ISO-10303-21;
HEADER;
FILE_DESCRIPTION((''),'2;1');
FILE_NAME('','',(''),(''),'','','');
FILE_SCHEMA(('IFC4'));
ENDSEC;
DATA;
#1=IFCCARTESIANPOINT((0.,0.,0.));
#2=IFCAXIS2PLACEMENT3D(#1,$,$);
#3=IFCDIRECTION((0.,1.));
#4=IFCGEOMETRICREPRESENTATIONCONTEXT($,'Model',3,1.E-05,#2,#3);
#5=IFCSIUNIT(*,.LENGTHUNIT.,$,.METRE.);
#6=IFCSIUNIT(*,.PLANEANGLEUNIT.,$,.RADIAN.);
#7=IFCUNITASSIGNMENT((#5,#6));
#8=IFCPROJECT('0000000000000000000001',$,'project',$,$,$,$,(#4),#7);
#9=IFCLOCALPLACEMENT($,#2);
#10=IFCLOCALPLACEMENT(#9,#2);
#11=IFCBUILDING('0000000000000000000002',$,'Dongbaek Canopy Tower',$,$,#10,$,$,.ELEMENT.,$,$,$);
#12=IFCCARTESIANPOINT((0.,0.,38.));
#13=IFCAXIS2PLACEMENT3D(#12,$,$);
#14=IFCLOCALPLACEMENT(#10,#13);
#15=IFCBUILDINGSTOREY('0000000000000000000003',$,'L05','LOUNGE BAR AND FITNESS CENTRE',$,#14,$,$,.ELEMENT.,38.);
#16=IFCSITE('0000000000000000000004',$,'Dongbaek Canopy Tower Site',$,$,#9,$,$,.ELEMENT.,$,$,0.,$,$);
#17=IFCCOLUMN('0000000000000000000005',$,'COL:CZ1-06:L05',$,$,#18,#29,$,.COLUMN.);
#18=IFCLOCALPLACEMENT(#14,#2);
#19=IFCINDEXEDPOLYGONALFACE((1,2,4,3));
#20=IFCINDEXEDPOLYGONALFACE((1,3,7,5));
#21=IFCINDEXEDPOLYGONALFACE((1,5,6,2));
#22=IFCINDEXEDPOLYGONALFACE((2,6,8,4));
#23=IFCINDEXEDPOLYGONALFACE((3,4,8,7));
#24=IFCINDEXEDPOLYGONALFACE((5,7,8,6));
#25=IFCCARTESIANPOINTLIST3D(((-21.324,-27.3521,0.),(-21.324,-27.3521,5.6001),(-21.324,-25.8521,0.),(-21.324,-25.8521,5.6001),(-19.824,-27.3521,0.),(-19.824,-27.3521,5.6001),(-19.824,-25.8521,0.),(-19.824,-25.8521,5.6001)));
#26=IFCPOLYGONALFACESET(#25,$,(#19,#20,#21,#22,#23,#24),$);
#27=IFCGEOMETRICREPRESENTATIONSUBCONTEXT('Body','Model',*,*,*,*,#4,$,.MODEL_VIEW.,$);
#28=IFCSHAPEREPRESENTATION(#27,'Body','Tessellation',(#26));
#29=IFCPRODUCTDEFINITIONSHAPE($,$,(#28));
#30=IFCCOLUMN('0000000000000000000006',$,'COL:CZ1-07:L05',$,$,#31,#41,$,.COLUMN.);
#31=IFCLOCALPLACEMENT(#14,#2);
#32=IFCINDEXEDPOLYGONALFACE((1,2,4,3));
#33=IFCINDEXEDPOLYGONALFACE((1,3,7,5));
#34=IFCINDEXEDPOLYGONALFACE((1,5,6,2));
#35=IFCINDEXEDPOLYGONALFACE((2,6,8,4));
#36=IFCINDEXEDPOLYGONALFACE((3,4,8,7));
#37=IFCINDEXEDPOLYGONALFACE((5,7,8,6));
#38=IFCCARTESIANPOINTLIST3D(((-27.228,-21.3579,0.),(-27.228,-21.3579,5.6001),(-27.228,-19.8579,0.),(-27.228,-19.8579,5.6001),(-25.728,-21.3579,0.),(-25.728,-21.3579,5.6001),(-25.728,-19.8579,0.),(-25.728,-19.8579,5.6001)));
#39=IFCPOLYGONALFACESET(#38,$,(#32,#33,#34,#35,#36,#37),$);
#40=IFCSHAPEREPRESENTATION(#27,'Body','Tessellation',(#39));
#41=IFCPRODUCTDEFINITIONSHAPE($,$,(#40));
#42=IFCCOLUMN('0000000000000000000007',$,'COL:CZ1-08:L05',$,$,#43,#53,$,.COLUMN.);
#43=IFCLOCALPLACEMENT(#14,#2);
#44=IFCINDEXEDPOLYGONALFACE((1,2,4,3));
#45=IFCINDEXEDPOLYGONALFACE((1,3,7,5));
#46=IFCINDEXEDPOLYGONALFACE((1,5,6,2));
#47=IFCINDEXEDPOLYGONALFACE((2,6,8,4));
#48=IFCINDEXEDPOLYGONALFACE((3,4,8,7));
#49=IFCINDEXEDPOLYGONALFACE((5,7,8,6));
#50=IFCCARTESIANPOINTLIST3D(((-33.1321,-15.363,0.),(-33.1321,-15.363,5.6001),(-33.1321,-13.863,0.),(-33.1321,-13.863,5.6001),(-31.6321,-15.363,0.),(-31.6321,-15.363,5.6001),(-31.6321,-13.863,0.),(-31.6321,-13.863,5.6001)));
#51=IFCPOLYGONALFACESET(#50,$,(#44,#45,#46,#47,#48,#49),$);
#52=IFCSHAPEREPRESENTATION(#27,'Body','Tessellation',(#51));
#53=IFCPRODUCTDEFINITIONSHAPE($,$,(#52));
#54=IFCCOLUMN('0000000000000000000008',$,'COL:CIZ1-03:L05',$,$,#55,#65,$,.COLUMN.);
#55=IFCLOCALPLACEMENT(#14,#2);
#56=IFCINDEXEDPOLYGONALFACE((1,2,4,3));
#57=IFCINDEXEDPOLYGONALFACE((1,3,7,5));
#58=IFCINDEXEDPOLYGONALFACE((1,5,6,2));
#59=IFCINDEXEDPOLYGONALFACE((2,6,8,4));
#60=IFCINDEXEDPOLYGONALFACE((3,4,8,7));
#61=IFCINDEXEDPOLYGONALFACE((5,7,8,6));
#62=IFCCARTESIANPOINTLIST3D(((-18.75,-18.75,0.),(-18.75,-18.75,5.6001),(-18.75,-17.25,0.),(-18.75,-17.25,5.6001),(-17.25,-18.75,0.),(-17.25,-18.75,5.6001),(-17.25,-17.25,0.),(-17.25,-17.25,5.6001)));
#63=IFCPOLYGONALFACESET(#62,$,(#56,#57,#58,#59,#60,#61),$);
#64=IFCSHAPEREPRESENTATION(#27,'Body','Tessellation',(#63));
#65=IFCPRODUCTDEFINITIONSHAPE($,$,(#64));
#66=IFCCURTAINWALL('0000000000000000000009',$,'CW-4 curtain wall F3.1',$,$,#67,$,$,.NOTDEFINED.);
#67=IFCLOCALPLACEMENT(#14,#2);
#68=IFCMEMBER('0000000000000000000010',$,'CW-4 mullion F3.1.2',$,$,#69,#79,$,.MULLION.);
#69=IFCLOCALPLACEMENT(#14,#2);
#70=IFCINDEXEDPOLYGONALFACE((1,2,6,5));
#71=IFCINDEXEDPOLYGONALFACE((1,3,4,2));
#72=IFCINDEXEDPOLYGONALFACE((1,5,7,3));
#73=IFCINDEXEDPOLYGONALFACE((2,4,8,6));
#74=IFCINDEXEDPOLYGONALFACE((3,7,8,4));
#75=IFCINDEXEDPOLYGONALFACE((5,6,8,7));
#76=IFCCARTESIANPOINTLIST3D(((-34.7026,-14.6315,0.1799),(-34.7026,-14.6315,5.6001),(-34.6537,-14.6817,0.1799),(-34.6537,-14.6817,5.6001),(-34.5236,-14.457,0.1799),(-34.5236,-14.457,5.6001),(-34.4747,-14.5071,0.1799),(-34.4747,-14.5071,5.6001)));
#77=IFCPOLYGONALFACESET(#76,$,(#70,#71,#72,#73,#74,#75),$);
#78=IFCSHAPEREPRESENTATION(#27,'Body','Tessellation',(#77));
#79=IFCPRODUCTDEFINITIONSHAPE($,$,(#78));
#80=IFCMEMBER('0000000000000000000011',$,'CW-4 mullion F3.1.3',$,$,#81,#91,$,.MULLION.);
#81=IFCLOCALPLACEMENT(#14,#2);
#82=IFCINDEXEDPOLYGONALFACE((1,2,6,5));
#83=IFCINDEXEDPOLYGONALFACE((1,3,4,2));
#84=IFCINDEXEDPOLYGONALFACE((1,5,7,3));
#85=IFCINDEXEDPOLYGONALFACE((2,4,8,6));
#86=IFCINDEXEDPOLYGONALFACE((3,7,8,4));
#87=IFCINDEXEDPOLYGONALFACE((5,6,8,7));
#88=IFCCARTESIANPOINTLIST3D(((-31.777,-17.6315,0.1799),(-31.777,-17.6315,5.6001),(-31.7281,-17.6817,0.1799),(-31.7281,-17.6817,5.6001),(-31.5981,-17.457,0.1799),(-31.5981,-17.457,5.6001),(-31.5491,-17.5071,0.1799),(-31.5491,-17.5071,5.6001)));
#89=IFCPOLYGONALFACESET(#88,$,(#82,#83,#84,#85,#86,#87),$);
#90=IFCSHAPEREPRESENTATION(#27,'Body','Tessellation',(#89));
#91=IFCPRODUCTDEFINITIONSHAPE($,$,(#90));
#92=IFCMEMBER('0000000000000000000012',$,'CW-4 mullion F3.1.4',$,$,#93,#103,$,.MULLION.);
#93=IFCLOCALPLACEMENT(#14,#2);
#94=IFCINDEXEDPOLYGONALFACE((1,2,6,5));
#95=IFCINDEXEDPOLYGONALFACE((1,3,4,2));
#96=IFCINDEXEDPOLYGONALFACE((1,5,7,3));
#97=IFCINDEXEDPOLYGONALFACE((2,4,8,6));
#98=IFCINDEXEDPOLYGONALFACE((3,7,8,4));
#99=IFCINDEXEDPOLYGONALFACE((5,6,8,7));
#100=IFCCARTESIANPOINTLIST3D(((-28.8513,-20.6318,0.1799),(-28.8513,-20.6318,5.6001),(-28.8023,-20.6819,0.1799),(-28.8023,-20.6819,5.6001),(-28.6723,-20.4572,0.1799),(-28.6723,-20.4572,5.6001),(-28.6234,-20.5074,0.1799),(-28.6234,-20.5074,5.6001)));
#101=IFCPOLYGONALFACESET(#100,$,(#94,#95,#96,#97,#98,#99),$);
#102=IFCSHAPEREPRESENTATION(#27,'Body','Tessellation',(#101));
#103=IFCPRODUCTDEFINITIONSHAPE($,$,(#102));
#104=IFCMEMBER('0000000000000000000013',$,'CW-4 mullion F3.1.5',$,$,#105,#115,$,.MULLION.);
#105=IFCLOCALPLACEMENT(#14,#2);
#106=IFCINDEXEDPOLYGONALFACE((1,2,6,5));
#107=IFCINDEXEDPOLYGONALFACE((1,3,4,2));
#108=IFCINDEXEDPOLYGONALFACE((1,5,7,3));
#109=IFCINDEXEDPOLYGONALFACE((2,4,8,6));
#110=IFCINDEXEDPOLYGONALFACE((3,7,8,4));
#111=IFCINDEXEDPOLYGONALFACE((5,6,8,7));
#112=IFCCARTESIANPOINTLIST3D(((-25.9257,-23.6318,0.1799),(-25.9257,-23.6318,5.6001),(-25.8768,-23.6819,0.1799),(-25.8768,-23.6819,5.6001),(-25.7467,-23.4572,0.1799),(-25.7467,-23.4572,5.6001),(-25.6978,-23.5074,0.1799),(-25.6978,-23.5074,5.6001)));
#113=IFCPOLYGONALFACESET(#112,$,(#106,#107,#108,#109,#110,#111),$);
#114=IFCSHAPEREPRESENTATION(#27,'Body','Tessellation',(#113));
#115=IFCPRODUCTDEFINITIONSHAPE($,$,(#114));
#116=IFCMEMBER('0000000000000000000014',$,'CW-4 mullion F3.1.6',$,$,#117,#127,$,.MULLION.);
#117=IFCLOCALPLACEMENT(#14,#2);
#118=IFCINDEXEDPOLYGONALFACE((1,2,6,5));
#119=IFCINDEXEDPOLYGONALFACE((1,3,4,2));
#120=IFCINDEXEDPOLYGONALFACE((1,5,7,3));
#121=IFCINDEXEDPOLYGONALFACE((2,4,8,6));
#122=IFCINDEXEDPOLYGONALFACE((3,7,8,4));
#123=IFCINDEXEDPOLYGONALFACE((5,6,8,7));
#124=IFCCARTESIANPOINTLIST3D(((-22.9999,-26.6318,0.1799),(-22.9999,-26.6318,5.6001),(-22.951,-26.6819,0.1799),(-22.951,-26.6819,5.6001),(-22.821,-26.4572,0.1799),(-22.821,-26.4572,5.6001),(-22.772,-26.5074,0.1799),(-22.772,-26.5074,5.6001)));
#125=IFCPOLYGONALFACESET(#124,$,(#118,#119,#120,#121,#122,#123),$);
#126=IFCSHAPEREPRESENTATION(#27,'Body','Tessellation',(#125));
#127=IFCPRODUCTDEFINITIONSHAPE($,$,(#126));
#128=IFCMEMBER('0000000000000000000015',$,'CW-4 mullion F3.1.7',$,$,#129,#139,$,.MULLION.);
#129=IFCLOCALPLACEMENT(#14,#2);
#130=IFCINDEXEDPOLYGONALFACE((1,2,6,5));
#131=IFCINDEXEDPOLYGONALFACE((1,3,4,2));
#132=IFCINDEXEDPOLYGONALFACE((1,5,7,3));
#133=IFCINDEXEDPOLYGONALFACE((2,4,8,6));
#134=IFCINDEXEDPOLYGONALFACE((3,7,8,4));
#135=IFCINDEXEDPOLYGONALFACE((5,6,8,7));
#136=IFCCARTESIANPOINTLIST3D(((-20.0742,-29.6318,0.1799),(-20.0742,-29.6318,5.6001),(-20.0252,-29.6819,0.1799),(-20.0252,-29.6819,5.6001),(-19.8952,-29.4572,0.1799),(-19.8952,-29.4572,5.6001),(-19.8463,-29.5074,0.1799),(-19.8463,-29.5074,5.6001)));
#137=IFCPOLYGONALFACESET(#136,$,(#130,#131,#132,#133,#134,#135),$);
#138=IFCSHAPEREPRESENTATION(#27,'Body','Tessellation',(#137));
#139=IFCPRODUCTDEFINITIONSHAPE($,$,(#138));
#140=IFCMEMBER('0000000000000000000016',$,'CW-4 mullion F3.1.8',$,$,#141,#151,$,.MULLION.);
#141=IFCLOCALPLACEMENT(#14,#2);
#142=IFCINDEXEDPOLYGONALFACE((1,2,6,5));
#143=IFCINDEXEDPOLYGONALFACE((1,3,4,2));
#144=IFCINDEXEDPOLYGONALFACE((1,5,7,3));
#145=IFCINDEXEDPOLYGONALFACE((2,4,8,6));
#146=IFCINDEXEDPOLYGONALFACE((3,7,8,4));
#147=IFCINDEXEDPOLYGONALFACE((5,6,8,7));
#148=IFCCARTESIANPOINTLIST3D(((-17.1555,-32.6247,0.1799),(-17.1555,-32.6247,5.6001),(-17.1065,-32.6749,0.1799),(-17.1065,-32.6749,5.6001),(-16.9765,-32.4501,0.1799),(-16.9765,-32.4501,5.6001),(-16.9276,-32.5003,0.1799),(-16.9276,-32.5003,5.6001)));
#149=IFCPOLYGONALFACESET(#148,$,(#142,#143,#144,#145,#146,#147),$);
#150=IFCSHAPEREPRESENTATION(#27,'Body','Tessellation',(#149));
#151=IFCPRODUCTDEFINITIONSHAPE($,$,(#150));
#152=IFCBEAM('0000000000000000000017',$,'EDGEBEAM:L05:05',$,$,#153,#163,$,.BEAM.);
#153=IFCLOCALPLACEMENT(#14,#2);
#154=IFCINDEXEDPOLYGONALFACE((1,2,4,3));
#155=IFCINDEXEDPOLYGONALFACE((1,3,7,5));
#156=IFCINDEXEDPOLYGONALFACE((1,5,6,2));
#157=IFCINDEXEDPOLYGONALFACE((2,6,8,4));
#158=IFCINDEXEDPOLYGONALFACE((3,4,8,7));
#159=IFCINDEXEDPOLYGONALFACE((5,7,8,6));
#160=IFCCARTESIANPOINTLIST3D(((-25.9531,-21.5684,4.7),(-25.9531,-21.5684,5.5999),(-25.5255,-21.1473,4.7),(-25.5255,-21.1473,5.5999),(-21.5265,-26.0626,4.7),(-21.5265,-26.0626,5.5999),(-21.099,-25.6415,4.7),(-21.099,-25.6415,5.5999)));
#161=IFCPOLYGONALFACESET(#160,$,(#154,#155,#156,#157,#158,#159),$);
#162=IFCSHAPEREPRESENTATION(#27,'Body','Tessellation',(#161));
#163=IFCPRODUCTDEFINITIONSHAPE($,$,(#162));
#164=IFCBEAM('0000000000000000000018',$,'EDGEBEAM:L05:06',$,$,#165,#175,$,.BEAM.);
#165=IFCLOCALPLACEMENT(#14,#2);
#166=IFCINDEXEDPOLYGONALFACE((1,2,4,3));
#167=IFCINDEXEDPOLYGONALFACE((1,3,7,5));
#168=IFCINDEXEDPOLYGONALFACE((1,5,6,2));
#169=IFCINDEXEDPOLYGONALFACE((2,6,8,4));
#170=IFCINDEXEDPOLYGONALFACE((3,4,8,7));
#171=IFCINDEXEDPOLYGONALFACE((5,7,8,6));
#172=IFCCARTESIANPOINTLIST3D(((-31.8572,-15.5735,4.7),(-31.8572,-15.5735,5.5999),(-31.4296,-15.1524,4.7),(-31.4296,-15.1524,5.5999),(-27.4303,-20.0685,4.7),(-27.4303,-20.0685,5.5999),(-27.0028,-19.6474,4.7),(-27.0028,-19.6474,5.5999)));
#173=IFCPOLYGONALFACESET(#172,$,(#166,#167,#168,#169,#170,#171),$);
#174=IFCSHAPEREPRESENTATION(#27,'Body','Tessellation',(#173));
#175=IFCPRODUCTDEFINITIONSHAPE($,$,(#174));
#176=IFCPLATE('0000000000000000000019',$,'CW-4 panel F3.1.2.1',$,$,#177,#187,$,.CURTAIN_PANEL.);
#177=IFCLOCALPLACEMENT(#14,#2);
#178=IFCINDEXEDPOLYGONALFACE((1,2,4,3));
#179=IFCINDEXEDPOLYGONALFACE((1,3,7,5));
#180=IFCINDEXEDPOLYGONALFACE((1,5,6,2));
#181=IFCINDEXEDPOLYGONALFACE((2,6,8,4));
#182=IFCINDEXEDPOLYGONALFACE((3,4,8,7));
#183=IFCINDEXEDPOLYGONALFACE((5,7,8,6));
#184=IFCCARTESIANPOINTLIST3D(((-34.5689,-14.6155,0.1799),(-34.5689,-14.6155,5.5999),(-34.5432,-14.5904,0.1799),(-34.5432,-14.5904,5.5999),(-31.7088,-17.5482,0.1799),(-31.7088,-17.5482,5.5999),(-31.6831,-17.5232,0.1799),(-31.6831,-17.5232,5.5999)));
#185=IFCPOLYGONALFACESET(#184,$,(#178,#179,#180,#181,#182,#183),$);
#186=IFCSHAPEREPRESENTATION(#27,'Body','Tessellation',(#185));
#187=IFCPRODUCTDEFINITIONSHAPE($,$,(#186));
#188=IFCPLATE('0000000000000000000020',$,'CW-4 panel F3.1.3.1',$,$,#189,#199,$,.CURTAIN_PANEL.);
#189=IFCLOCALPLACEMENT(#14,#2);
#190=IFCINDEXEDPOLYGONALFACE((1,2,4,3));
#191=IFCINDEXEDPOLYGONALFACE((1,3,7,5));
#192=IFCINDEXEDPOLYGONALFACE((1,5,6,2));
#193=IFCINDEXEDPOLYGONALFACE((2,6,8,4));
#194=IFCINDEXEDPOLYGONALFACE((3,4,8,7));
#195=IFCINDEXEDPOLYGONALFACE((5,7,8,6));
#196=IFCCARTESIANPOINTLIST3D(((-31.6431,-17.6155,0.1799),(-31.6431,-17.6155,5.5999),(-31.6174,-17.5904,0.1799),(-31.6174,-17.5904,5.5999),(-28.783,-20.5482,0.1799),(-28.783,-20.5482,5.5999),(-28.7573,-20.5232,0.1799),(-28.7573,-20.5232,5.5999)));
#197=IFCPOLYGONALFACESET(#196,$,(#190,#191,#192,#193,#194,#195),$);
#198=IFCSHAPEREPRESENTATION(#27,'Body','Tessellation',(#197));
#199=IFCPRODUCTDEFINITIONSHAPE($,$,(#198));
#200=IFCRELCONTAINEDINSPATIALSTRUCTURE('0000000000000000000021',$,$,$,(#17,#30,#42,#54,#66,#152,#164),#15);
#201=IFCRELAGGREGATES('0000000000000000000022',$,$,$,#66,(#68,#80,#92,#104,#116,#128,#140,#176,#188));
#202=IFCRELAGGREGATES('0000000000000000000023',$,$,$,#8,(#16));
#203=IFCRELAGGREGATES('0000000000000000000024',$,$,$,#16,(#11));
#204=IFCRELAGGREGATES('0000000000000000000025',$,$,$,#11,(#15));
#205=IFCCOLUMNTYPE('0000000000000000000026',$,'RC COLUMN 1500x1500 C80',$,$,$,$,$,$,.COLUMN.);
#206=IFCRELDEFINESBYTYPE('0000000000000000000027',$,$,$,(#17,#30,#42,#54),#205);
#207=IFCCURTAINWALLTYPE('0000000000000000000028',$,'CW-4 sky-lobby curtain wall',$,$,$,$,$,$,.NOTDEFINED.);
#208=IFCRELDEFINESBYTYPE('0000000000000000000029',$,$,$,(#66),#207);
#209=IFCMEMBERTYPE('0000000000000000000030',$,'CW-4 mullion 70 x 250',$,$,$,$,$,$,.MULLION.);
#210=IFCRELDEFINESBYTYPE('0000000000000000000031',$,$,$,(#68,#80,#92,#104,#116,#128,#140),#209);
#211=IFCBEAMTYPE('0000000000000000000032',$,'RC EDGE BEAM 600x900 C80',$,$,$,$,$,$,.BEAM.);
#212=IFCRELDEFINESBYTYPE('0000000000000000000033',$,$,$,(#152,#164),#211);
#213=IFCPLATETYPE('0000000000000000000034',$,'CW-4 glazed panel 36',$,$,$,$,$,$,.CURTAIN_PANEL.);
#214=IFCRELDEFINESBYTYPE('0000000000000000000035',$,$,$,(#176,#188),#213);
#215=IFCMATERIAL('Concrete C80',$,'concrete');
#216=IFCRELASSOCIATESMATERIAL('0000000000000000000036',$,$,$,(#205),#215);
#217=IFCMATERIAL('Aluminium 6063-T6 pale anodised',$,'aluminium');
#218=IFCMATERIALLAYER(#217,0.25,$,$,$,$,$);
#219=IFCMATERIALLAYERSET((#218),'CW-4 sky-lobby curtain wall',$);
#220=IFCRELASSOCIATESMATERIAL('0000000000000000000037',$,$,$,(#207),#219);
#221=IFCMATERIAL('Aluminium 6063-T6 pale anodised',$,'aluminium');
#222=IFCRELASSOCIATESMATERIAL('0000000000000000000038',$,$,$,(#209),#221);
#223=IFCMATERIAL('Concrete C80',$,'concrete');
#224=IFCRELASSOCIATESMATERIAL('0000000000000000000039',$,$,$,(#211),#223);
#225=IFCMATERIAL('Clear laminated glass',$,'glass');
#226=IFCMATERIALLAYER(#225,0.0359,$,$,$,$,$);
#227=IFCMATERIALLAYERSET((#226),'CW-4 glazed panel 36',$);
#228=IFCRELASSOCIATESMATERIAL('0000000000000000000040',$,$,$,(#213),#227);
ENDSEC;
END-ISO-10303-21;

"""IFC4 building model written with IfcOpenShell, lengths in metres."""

from ifc_helpers import new_model, si_unit, direction, frame, origin, origin_2d, place, context, subcontext, project, spatial, rectangle, extrude, material, layer, layer_set, material_profile, profile_set, type_object, element, aggregate, save


model = new_model("IFC4")

# Units and contexts
model_context = context("Model", 3, precision=1e-05, world=origin(), true_north=direction((0.0, 1.0)))
body_context = subcontext(model_context, "Body", "Model", "MODEL_VIEW")
ifc_project = project(units=[si_unit("LENGTHUNIT", "METRE"), si_unit("PLANEANGLEUNIT", "RADIAN")], contexts=[model_context])

# Site, building, storey
site_placement = place(None, origin())
site = spatial("IfcSite", under=ifc_project, at=site_placement, Name="Dongbaek Canopy Tower Site", CompositionType="ELEMENT", RefElevation=0.0)
building_placement = place(site_placement, origin())
building = spatial("IfcBuilding", under=site, at=building_placement, Name="Dongbaek Canopy Tower", CompositionType="ELEMENT")
storey_placement = place(building_placement, frame((0.0, 0.0, 38.0)))
storey = spatial("IfcBuildingStorey", under=building, at=storey_placement, Name="L05", Description="LOUNGE BAR AND FITNESS CENTRE", CompositionType="ELEMENT", Elevation=38.0)

# Columns
ifc_material_1 = material(Name="Concrete C80", Category="concrete")
ifc_material_profile_1 = material_profile(ifc_material_1, rectangle(XDim=1.5, YDim=1.5, at=origin_2d()), Name="RC COLUMN 1500x1500 C80")
ifc_profile_set_1 = profile_set([ifc_material_profile_1], Name="Concrete C80")
column_type = type_object("IfcColumnType", Name="RC COLUMN 1500x1500 C80", PredefinedType="COLUMN", material=ifc_profile_set_1)
for number, where, z_axis, x_axis, name in (
    (1, (-20.574, -26.6021, 0.0), (0.0, 0.0, 1.0), (1.0, 0.0, 0.0), "COL:CZ1-06:L05"),
    (2, (-26.478, -20.6079, 0.0), (0.0, 0.0, 1.0), (1.0, 0.0, 0.0), "COL:CZ1-07:L05"),
    (3, (-32.3821, -14.613, 0.0), (0.0, 0.0, 1.0), (1.0, 0.0, 0.0), "COL:CZ1-08:L05"),
    (4, (-18.0, -18.0, 0.0), (0.0, 0.0, 1.0), (1.0, 0.0, 0.0), "COL:CIZ1-03:L05"),
):
    element("IfcColumn", number, at=place(storey_placement, frame(where, z_axis=z_axis, x_axis=x_axis)), inside=storey, type_object=column_type, Name=name, PredefinedType="COLUMN", context=body_context, shape_type="SweptSolid", body=[
        extrude(rectangle(XDim=1.5, YDim=1.5, at=origin_2d()), origin(), (0.0, 0.0, 1.0), 5.6001),
    ])

# Curtain wall, members
ifc_material_2 = material(Name="Aluminium 6063-T6 pale anodised", Category="aluminium")
ifc_layer_1 = layer(ifc_material_2, 0.25)
ifc_layer_set_1 = layer_set([ifc_layer_1], Name="CW-4 sky-lobby curtain wall")
curtain_wall_type = type_object("IfcCurtainWallType", Name="CW-4 sky-lobby curtain wall", PredefinedType="NOTDEFINED", material=ifc_layer_set_1)
curtain_wall_1_placement = place(storey_placement, origin())
curtain_wall_1 = element("IfcCurtainWall", 5, at=curtain_wall_1_placement, inside=storey, type_object=curtain_wall_type, Name="CW-4 curtain wall F3.1", PredefinedType="NOTDEFINED")
ifc_material_3 = material(Name="Aluminium 6063-T6 pale anodised", Category="aluminium")
ifc_material_profile_2 = material_profile(ifc_material_3, rectangle(XDim=0.25, YDim=0.0701, at=origin_2d()), Name="CW-4 mullion 70 x 250")
ifc_profile_set_2 = profile_set([ifc_material_profile_2], Name="Aluminium 6063-T6 pale anodised")
member_type = type_object("IfcMemberType", Name="CW-4 mullion 70 x 250", PredefinedType="MULLION", material=ifc_profile_set_2)
member_1_placement = place(storey_placement, frame((-34.5886, -14.5693, 0.1799), z_axis=(0.0, 0.0, 1.0), x_axis=(-0.715921, -0.698181, 0.0)))
member_1 = element("IfcMember", 6, at=member_1_placement, type_object=member_type, Name="CW-4 mullion F3.1.2", PredefinedType="MULLION", context=body_context, shape_type="SweptSolid", body=[
    extrude(rectangle(XDim=0.25, YDim=0.0701, at=origin_2d()), origin(), (0.0, 0.0, 1.0), 5.4202),
])
member_2_placement = place(storey_placement, frame((-31.6631, -17.5693, 0.1799), z_axis=(0.0, 0.0, 1.0), x_axis=(-0.715921, -0.698181, 0.0)))
member_2 = element("IfcMember", 7, at=member_2_placement, type_object=member_type, Name="CW-4 mullion F3.1.3", PredefinedType="MULLION", context=body_context, shape_type="SweptSolid", body=[
    extrude(rectangle(XDim=0.25, YDim=0.0701, at=origin_2d()), origin(), (0.0, 0.0, 1.0), 5.4202),
])
member_3_placement = place(storey_placement, frame((-28.7373, -20.5696, 0.1799), z_axis=(0.0, 0.0, 1.0), x_axis=(-0.715921, -0.698181, 0.0)))
member_3 = element("IfcMember", 8, at=member_3_placement, type_object=member_type, Name="CW-4 mullion F3.1.4", PredefinedType="MULLION", context=body_context, shape_type="SweptSolid", body=[
    extrude(rectangle(XDim=0.25, YDim=0.0701, at=origin_2d()), origin(), (0.0, 0.0, 1.0), 5.4202),
])
member_4_placement = place(storey_placement, frame((-25.8118, -23.5696, 0.1799), z_axis=(0.0, 0.0, 1.0), x_axis=(-0.715921, -0.698181, 0.0)))
member_4 = element("IfcMember", 9, at=member_4_placement, type_object=member_type, Name="CW-4 mullion F3.1.5", PredefinedType="MULLION", context=body_context, shape_type="SweptSolid", body=[
    extrude(rectangle(XDim=0.25, YDim=0.0701, at=origin_2d()), origin(), (0.0, 0.0, 1.0), 5.4202),
])
member_5_placement = place(storey_placement, frame((-22.886, -26.5696, 0.1799), z_axis=(0.0, 0.0, 1.0), x_axis=(-0.715921, -0.698181, 0.0)))
member_5 = element("IfcMember", 10, at=member_5_placement, type_object=member_type, Name="CW-4 mullion F3.1.6", PredefinedType="MULLION", context=body_context, shape_type="SweptSolid", body=[
    extrude(rectangle(XDim=0.25, YDim=0.0701, at=origin_2d()), origin(), (0.0, 0.0, 1.0), 5.4202),
])
member_6_placement = place(storey_placement, frame((-19.9602, -29.5696, 0.1799), z_axis=(0.0, 0.0, 1.0), x_axis=(-0.715921, -0.698181, 0.0)))
member_6 = element("IfcMember", 11, at=member_6_placement, type_object=member_type, Name="CW-4 mullion F3.1.7", PredefinedType="MULLION", context=body_context, shape_type="SweptSolid", body=[
    extrude(rectangle(XDim=0.25, YDim=0.0701, at=origin_2d()), origin(), (0.0, 0.0, 1.0), 5.4202),
])
member_7_placement = place(storey_placement, frame((-17.0415, -32.5625, 0.1799), z_axis=(0.0, 0.0, 1.0), x_axis=(-0.715921, -0.698181, 0.0)))
member_7 = element("IfcMember", 12, at=member_7_placement, type_object=member_type, Name="CW-4 mullion F3.1.8", PredefinedType="MULLION", context=body_context, shape_type="SweptSolid", body=[
    extrude(rectangle(XDim=0.25, YDim=0.0701, at=origin_2d()), origin(), (0.0, 0.0, 1.0), 5.4202),
])

# Beams
ifc_material_4 = material(Name="Concrete C80", Category="concrete")
ifc_material_profile_3 = material_profile(ifc_material_4, rectangle(XDim=0.6001, YDim=0.8999, at=origin_2d()), Name="RC EDGE BEAM 600x900 C80")
ifc_profile_set_3 = profile_set([ifc_material_profile_3], Name="Concrete C80")
beam_type = type_object("IfcBeamType", Name="RC EDGE BEAM 600x900 C80", PredefinedType="BEAM", material=ifc_profile_set_3)
beam_1_placement = place(storey_placement, frame((-21.3127, -25.8521, 5.1499), z_axis=(-0.701726, 0.712447, 0.0), x_axis=(-0.712447, -0.701726, 0.0)))
element("IfcBeam", 13, at=beam_1_placement, inside=storey, type_object=beam_type, Name="EDGEBEAM:L05:05", PredefinedType="BEAM", context=body_context, shape_type="SweptSolid", body=[
    extrude(rectangle(XDim=0.6001, YDim=0.8999, at=origin_2d()), origin(), (0.0, 0.0, 1.0), 6.3081),
])
beam_2_placement = place(storey_placement, frame((-27.2166, -19.8579, 5.1499), z_axis=(-0.701688, 0.712485, 0.0), x_axis=(-0.712485, -0.701688, 0.0)))
element("IfcBeam", 14, at=beam_2_placement, inside=storey, type_object=beam_type, Name="EDGEBEAM:L05:06", PredefinedType="BEAM", context=body_context, shape_type="SweptSolid", body=[
    extrude(rectangle(XDim=0.6001, YDim=0.8999, at=origin_2d()), origin(), (0.0, 0.0, 1.0), 6.3088),
])

# Plates
ifc_material_5 = material(Name="Clear laminated glass", Category="glass")
ifc_layer_2 = layer(ifc_material_5, 0.0359)
ifc_layer_set_2 = layer_set([ifc_layer_2], Name="CW-4 glazed panel 36")
plate_type = type_object("IfcPlateType", Name="CW-4 glazed panel 36", PredefinedType="CURTAIN_PANEL", material=ifc_layer_set_2)
plate_1_placement = place(storey_placement, frame((-33.126, -16.0693, 0.1799), z_axis=(0.0, 0.0, 1.0), x_axis=(0.698181, -0.715921, 0.0)))
plate_1 = element("IfcPlate", 15, at=plate_1_placement, type_object=plate_type, Name="CW-4 panel F3.1.2.1", PredefinedType="CURTAIN_PANEL", context=body_context, shape_type="SweptSolid", body=[
    extrude(rectangle(XDim=4.0964, YDim=0.0359, at=origin_2d()), origin(), (0.0, 0.0, 1.0), 5.4199),
])
plate_2_placement = place(storey_placement, frame((-30.2002, -19.0693, 0.1799), z_axis=(0.0, 0.0, 1.0), x_axis=(0.698181, -0.715921, 0.0)))
plate_2 = element("IfcPlate", 16, at=plate_2_placement, type_object=plate_type, Name="CW-4 panel F3.1.3.1", PredefinedType="CURTAIN_PANEL", context=body_context, shape_type="SweptSolid", body=[
    extrude(rectangle(XDim=4.0964, YDim=0.0359, at=origin_2d()), origin(), (0.0, 0.0, 1.0), 5.4199),
])

aggregate(curtain_wall_1, [member_1, member_2, member_3, member_4, member_5, member_6, member_7, plate_1, plate_2])

save(model, "model.ifc")
